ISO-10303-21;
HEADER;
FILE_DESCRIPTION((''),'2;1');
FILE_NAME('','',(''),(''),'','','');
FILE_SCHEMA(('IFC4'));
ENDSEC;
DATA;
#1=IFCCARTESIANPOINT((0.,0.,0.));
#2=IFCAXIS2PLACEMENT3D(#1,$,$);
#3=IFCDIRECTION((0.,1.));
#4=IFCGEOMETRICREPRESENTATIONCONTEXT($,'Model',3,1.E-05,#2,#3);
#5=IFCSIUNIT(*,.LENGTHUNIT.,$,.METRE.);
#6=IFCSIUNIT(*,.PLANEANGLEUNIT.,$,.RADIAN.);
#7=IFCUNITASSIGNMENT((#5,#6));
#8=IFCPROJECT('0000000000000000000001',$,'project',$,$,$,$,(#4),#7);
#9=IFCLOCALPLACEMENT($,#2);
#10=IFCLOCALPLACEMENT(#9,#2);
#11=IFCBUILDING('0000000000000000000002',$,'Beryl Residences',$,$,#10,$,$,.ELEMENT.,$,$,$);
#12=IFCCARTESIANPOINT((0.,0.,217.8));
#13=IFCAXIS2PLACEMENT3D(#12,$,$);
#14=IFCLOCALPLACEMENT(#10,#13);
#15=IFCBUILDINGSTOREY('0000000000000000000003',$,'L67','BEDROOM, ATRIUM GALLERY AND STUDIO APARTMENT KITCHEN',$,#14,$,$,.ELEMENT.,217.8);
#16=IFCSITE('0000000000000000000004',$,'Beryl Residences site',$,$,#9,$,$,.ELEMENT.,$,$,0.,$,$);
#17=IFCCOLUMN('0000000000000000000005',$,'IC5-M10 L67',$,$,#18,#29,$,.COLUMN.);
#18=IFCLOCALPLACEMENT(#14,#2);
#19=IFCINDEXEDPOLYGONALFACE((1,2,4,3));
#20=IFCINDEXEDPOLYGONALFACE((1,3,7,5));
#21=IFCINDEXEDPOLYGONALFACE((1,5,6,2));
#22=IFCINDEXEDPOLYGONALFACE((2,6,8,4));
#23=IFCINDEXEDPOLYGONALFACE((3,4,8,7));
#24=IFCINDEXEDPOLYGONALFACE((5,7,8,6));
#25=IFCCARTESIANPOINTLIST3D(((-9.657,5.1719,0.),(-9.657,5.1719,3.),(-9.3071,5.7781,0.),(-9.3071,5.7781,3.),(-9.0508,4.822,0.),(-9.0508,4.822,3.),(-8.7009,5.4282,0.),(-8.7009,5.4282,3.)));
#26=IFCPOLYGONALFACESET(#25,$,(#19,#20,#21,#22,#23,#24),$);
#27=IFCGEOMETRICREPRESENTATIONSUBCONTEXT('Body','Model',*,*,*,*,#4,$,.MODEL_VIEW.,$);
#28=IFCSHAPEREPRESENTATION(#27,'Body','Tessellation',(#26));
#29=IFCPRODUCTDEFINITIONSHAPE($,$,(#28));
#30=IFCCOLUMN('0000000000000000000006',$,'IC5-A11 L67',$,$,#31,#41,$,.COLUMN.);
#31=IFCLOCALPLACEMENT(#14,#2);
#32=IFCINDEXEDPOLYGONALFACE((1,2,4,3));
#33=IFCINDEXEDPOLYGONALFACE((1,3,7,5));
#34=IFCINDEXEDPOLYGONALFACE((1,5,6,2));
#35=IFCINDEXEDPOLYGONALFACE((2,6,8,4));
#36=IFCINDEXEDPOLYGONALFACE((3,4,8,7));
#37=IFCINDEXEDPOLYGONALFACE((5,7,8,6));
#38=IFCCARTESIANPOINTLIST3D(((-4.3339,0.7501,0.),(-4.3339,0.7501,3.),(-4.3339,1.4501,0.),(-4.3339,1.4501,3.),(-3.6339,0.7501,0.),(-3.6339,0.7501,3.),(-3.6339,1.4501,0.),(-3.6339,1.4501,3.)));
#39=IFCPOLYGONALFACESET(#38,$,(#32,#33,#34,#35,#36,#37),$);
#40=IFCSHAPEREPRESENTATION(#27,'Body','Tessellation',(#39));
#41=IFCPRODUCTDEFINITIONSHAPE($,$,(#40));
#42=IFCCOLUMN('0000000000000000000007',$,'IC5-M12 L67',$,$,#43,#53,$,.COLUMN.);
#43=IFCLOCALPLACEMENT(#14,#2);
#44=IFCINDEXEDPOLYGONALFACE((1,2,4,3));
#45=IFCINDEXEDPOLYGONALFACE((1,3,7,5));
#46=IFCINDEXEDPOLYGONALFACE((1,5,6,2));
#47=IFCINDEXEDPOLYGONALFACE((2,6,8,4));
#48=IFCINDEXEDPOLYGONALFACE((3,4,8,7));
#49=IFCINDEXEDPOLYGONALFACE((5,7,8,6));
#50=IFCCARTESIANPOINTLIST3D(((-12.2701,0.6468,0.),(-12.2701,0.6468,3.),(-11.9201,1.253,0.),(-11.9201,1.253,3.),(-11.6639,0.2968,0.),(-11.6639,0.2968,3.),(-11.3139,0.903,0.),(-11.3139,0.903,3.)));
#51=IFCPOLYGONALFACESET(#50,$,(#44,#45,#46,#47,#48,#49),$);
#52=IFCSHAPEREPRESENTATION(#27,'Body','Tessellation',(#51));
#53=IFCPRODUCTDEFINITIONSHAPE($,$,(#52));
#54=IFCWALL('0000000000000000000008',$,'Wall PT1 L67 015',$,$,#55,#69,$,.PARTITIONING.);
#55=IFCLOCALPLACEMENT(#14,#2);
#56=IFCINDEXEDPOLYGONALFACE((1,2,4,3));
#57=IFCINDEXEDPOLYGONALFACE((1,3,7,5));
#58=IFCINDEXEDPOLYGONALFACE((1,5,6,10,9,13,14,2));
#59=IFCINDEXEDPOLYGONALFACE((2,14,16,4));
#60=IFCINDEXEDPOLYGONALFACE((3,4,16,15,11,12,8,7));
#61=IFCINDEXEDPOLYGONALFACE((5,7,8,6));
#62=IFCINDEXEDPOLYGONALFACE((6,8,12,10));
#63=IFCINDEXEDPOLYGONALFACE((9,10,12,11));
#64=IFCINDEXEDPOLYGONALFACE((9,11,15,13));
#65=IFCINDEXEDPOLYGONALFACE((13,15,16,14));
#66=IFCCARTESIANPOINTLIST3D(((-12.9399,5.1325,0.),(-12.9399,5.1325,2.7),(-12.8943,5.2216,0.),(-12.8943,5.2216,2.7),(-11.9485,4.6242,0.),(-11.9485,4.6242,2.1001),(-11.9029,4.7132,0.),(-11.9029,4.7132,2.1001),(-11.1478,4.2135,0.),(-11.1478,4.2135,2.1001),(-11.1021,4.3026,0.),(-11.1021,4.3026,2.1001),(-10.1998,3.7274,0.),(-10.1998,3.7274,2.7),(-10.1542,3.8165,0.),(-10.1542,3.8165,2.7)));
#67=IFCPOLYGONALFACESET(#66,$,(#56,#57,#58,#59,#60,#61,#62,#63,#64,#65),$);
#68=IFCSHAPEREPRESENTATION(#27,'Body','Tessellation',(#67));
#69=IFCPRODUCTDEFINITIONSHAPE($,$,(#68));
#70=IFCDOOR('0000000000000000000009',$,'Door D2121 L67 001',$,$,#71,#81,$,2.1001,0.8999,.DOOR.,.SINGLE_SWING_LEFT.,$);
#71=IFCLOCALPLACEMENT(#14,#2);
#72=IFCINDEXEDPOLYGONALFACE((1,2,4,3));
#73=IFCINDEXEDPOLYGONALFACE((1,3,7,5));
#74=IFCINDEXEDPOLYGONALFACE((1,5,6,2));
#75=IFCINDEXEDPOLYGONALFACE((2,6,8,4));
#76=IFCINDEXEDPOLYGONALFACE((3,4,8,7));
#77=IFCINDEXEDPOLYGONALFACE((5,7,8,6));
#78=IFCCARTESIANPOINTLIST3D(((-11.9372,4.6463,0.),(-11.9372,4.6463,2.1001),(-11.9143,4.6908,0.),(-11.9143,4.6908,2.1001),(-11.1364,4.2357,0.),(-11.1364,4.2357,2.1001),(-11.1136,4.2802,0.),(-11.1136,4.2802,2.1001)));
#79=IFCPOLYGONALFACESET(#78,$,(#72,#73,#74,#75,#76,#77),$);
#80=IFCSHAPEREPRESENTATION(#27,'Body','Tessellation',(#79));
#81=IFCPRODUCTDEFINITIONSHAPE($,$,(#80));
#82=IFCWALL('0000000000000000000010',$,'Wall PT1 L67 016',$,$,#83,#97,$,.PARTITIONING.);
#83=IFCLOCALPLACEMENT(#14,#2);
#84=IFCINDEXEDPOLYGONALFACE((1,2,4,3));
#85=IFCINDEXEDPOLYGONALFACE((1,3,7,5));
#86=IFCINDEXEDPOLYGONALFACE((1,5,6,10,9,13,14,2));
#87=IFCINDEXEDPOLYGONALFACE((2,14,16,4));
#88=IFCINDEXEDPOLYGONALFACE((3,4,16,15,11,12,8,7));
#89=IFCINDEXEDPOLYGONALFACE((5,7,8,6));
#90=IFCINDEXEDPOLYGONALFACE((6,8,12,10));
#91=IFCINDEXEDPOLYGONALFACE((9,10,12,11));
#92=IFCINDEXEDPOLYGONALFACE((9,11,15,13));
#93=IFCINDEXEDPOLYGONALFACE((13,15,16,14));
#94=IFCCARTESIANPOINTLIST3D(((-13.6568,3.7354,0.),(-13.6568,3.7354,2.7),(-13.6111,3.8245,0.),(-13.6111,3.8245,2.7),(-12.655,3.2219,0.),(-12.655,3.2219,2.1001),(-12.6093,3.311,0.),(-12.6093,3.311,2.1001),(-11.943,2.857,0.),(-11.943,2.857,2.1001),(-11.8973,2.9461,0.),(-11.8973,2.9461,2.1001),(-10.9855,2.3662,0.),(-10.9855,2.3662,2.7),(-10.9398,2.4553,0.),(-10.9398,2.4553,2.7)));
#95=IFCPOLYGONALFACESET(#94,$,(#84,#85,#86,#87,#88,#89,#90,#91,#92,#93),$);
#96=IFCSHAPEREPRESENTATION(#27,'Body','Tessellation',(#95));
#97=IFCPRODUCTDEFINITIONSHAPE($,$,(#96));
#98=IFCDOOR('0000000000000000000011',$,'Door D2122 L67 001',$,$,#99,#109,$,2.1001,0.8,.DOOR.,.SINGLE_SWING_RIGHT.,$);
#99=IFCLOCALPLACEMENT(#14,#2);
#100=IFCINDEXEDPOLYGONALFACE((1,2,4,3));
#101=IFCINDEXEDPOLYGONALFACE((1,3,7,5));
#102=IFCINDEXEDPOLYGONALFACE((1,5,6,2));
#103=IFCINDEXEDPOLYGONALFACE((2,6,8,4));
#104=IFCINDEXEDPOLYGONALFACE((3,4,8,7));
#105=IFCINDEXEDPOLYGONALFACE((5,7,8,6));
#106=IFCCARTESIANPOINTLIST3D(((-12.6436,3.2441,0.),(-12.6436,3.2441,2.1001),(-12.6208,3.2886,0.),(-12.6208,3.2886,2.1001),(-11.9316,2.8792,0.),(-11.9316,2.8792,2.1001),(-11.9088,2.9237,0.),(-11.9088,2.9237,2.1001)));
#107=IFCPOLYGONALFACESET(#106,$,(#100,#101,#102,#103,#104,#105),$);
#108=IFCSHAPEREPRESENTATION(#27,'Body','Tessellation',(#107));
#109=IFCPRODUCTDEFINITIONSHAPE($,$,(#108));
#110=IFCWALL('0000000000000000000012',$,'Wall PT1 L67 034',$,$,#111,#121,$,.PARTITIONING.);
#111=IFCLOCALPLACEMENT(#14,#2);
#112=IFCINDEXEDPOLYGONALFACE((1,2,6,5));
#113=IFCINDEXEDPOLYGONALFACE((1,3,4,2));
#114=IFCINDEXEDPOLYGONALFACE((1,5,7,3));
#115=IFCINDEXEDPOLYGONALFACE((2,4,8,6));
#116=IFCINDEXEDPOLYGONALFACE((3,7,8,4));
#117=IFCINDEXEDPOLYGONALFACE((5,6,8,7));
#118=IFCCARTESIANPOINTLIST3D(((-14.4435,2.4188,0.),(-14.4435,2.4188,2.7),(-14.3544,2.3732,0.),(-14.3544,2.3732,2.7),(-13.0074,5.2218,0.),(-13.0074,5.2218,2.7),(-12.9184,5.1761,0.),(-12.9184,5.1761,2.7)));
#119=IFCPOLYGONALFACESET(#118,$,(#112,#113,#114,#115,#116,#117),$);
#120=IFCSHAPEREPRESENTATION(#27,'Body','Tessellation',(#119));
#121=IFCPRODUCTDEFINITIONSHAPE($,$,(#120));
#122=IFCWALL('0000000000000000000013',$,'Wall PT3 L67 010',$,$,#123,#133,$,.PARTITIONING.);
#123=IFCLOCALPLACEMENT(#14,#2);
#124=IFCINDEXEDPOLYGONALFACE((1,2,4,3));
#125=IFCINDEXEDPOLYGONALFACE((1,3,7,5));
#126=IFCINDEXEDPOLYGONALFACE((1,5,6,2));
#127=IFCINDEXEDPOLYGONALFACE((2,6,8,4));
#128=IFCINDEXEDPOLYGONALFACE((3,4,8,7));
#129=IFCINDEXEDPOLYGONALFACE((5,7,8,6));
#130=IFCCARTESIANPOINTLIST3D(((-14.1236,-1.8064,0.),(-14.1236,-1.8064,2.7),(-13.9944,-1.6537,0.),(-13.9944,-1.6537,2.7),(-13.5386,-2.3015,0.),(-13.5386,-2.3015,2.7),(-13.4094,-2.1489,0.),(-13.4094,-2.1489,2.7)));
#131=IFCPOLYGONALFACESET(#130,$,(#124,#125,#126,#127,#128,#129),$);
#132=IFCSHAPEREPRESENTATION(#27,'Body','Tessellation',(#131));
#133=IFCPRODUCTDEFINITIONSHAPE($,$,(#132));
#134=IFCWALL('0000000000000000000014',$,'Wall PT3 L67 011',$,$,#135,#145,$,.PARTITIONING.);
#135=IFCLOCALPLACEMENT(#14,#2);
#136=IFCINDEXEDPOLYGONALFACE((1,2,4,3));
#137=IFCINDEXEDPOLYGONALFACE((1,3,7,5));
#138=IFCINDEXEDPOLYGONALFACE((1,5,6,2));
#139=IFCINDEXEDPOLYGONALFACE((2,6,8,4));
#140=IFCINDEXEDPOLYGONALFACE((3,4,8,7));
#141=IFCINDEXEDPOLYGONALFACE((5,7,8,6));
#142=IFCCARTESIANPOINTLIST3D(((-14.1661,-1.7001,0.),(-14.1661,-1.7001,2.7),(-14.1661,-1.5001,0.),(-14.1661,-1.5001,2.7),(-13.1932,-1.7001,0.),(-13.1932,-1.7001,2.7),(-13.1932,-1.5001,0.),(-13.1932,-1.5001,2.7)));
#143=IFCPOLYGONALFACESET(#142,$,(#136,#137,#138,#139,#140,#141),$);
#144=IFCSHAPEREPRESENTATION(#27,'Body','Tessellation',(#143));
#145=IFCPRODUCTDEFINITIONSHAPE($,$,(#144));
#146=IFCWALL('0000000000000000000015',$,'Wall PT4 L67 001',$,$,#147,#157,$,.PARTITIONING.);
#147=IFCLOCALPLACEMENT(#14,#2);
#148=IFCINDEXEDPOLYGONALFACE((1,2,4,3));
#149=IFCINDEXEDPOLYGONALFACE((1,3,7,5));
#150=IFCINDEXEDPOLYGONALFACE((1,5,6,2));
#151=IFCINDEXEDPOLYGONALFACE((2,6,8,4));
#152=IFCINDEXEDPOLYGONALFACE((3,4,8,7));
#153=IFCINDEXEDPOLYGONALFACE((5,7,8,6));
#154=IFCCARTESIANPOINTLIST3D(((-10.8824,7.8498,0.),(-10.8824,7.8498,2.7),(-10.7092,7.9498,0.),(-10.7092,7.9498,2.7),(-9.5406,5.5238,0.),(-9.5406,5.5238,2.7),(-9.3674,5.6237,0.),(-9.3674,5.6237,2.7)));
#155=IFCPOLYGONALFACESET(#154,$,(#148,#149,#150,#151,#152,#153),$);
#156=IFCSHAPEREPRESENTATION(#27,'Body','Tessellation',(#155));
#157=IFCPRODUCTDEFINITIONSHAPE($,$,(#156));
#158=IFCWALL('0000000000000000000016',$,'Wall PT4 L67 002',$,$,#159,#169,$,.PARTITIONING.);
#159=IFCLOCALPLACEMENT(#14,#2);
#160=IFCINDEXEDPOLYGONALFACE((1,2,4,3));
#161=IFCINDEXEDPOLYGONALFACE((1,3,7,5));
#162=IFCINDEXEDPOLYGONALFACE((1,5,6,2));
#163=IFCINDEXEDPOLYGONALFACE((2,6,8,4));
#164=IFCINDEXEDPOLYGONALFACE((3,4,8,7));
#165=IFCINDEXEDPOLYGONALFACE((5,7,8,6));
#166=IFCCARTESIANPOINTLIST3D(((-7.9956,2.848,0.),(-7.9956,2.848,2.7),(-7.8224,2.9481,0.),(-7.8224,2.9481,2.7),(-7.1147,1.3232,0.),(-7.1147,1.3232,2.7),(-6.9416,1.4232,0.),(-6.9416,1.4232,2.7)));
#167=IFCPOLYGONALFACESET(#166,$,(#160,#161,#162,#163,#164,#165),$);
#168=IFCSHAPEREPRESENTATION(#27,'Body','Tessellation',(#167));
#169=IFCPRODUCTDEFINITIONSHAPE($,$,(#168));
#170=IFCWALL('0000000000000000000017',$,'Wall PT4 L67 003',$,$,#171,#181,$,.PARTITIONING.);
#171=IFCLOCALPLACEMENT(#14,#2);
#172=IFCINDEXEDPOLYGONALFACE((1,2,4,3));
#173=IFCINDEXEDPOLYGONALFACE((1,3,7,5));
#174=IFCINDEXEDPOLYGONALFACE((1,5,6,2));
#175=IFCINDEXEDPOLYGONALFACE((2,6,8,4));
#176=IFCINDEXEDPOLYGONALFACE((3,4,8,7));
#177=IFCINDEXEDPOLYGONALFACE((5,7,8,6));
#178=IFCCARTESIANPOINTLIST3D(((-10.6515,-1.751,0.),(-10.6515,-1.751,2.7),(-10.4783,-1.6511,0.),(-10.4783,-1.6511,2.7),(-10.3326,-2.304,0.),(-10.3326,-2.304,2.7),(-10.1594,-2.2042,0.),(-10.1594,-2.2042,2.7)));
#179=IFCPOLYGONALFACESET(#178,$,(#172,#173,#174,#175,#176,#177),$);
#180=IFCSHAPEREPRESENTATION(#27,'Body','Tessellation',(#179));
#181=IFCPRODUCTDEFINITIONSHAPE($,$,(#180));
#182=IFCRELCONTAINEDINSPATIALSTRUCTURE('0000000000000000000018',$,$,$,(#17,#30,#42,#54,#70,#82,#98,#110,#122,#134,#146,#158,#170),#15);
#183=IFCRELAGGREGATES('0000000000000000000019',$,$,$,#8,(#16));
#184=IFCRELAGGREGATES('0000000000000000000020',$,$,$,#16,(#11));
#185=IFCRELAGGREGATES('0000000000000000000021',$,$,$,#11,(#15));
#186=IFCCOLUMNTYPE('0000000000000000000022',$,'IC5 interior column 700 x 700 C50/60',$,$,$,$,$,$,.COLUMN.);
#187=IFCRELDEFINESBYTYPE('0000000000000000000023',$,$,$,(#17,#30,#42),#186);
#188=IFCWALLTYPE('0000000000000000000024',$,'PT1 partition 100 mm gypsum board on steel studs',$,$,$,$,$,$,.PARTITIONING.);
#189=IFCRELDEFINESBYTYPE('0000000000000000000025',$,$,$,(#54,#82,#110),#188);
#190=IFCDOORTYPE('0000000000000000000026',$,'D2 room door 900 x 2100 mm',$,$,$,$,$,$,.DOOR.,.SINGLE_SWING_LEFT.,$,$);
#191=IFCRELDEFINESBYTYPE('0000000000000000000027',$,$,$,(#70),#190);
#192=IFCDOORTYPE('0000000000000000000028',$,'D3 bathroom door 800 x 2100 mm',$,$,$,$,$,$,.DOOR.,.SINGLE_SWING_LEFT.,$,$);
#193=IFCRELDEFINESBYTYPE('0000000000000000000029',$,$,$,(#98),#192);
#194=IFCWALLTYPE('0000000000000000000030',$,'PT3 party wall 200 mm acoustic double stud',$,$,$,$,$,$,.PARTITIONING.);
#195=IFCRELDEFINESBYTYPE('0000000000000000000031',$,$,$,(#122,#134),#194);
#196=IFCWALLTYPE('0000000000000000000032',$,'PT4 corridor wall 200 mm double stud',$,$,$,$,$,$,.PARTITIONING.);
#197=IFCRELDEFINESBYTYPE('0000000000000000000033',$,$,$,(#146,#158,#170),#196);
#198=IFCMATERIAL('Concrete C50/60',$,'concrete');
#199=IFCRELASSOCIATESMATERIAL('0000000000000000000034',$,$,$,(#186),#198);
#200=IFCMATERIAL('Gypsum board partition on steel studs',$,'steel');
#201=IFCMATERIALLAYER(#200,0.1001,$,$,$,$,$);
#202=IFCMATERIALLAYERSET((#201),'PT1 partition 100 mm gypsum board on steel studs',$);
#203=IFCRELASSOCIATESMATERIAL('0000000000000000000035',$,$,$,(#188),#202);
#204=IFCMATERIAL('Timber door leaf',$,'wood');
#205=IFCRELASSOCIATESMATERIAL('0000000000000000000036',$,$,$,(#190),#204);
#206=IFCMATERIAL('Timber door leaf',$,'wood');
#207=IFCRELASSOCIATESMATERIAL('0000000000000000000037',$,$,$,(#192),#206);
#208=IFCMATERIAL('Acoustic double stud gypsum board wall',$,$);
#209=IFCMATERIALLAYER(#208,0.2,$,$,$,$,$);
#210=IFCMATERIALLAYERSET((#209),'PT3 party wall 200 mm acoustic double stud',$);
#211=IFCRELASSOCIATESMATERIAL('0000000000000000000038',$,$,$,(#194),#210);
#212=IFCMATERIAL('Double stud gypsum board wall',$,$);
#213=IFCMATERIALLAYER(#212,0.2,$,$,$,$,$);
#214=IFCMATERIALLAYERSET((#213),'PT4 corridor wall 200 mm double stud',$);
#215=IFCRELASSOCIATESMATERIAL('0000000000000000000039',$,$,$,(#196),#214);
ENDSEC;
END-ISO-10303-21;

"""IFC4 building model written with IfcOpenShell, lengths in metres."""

from ifc_helpers import new_model, si_unit, direction, frame, frame_2d, origin, origin_2d, place, context, subcontext, project, spatial, rectangle, extrude, material, layer, layer_set, material_profile, profile_set, type_object, element, fill, save


model = new_model("IFC4")

# Units and contexts
model_context = context("Model", 3, precision=1e-05, world=origin(), true_north=direction((0.0, 1.0)))
body_context = subcontext(model_context, "Body", "Model", "MODEL_VIEW")
ifc_project = project(units=[si_unit("LENGTHUNIT", "METRE"), si_unit("PLANEANGLEUNIT", "RADIAN")], contexts=[model_context])

# Site, building, storey
site_placement = place(None, origin())
site = spatial("IfcSite", under=ifc_project, at=site_placement, Name="Beryl Residences site", CompositionType="ELEMENT", RefElevation=0.0)
building_placement = place(site_placement, origin())
building = spatial("IfcBuilding", under=site, at=building_placement, Name="Beryl Residences", CompositionType="ELEMENT")
storey_placement = place(building_placement, frame((0.0, 0.0, 217.8)))
storey = spatial("IfcBuildingStorey", under=building, at=storey_placement, Name="L67", Description="BEDROOM, ATRIUM GALLERY AND STUDIO APARTMENT KITCHEN", CompositionType="ELEMENT", Elevation=217.8)

# Columns
ifc_material_1 = material(Name="Concrete C50/60", Category="concrete")
ifc_material_profile = material_profile(ifc_material_1, rectangle(XDim=0.7, YDim=0.7, at=origin_2d()))
ifc_profile_set = profile_set([ifc_material_profile], Name="Concrete C50/60")
column_type = type_object("IfcColumnType", Name="IC5 interior column 700 x 700 C50/60", PredefinedType="COLUMN", material=ifc_profile_set)
for number, where, z_axis, x_axis, name in (
    (1, (-9.179, 5.3, 0.0), (0.0, 0.0, 1.0), (-0.49997, -0.866043, 0.0), "IC5-M10 L67"),
    (2, (-3.9839, 1.1001, 0.0), (0.0, 0.0, 1.0), (1.0, 0.0, 0.0), "IC5-A11 L67"),
    (3, (-11.792, 0.7749, 0.0), (0.0, 0.0, 1.0), (-0.49997, -0.866043, 0.0), "IC5-M12 L67"),
):
    element("IfcColumn", number, at=place(storey_placement, frame(where, z_axis=z_axis, x_axis=x_axis)), inside=storey, type_object=column_type, Name=name, PredefinedType="COLUMN", context=body_context, shape_type="SweptSolid", body=[
        extrude(rectangle(XDim=0.7, YDim=0.7, at=origin_2d()), origin(), (0.0, 0.0, 1.0), 3.0),
    ])

# Walls, openings, doors
ifc_material_2 = material(Name="Gypsum board partition on steel studs", Category="steel")
ifc_layer_1 = layer(ifc_material_2, 0.1001)
ifc_layer_set_1 = layer_set([ifc_layer_1], Name="PT1 partition 100 mm gypsum board on steel studs")
wall_type_1 = type_object("IfcWallType", Name="PT1 partition 100 mm gypsum board on steel studs", PredefinedType="PARTITIONING", material=ifc_layer_set_1)
wall_1_placement = place(storey_placement, frame((-12.917, 5.177, 0.0), z_axis=(0.0, 0.0, 1.0), x_axis=(0.88983, -0.456293, 0.0)))
wall_1 = element("IfcWall", 4, at=wall_1_placement, inside=storey, type_object=wall_type_1, Name="Wall PT1 L67 015", PredefinedType="PARTITIONING", context=body_context, shape_type="SweptSolid", body=[
    extrude(rectangle(XDim=3.0793, YDim=0.1001, at=frame_2d((1.5396, 0.0))), origin(), (0.0, 0.0, 1.0), 2.7),
])
opening_1_placement = place(wall_1_placement, frame((1.114, 0.0, 0.0)))
opening_1 = element("IfcOpeningElement", 5, at=opening_1_placement, cuts=wall_1, PredefinedType="OPENING", context=body_context, shape_type="SweptSolid", body=[
    extrude(rectangle(XDim=0.8999, YDim=2.1001, at=frame_2d((0.45, 1.05))), frame((0.0, 0.0601, 0.0), z_axis=(0.0, -1.0, 0.0), x_axis=(1.0, 0.0, 0.0)), (0.0, 0.0, 1.0), 0.1201),
])
ifc_material_3 = material(Name="Timber door leaf", Category="wood")
door_type_1 = type_object("IfcDoorType", Name="D2 room door 900 x 2100 mm", OperationType="SINGLE_SWING_LEFT", PredefinedType="DOOR", material=ifc_material_3)
door_1_placement = place(opening_1_placement, origin())
door_1 = element("IfcDoor", 6, at=door_1_placement, inside=storey, type_object=door_type_1, Name="Door D2121 L67 001", OperationType="SINGLE_SWING_LEFT", OverallHeight=2.1001, OverallWidth=0.8999, PredefinedType="DOOR", context=body_context, shape_type="SweptSolid", body=[
    extrude(rectangle(XDim=0.8999, YDim=2.1001, at=frame_2d((0.45, 1.05))), frame((0.0, 0.0249, 0.0), z_axis=(0.0, -1.0, 0.0), x_axis=(1.0, 0.0, 0.0)), (0.0, 0.0, 1.0), 0.05),
])
fill(opening_1, door_1)
wall_2_placement = place(storey_placement, frame((-13.634, 3.78, 0.0), z_axis=(0.0, 0.0, 1.0), x_axis=(0.889909, -0.456138, 0.0)))
wall_2 = element("IfcWall", 7, at=wall_2_placement, inside=storey, type_object=wall_type_1, Name="Wall PT1 L67 016", PredefinedType="PARTITIONING", context=body_context, shape_type="SweptSolid", body=[
    extrude(rectangle(XDim=3.0017, YDim=0.1001, at=frame_2d((1.501, 0.0))), origin(), (0.0, 0.0, 1.0), 2.7),
])
opening_2_placement = place(wall_2_placement, frame((1.126, 0.0, 0.0)))
opening_2 = element("IfcOpeningElement", 8, at=opening_2_placement, cuts=wall_2, PredefinedType="OPENING", context=body_context, shape_type="SweptSolid", body=[
    extrude(rectangle(XDim=0.8, YDim=2.1001, at=frame_2d((0.3999, 1.05))), frame((0.0, 0.0601, 0.0), z_axis=(0.0, -1.0, 0.0), x_axis=(1.0, 0.0, 0.0)), (0.0, 0.0, 1.0), 0.1201),
])
ifc_material_4 = material(Name="Timber door leaf", Category="wood")
door_type_2 = type_object("IfcDoorType", Name="D3 bathroom door 800 x 2100 mm", OperationType="SINGLE_SWING_LEFT", PredefinedType="DOOR", material=ifc_material_4)
door_2_placement = place(opening_2_placement, origin())
door_2 = element("IfcDoor", 9, at=door_2_placement, inside=storey, type_object=door_type_2, Name="Door D2122 L67 001", OperationType="SINGLE_SWING_RIGHT", OverallHeight=2.1001, OverallWidth=0.8, PredefinedType="DOOR", context=body_context, shape_type="SweptSolid", body=[
    extrude(rectangle(XDim=0.8, YDim=2.1001, at=frame_2d((0.3999, 1.05))), frame((0.0, 0.0249, 0.0), z_axis=(0.0, -1.0, 0.0), x_axis=(1.0, 0.0, 0.0)), (0.0, 0.0, 1.0), 0.05),
])
fill(opening_2, door_2)

# Walls
wall_3_placement = place(storey_placement, frame((-14.3989, 2.396, 0.0), z_axis=(0.0, 0.0, 1.0), x_axis=(0.455967, 0.889997, 0.0)))
element("IfcWall", 10, at=wall_3_placement, inside=storey, type_object=wall_type_1, Name="Wall PT1 L67 034", PredefinedType="PARTITIONING", context=body_context, shape_type="SweptSolid", body=[
    extrude(rectangle(XDim=3.1494, YDim=0.1001, at=frame_2d((1.5747, 0.0))), origin(), (0.0, 0.0, 1.0), 2.7),
])
ifc_material_5 = material(Name="Acoustic double stud gypsum board wall")
ifc_layer_2 = layer(ifc_material_5, 0.2)
ifc_layer_set_2 = layer_set([ifc_layer_2], Name="PT3 party wall 200 mm acoustic double stud")
wall_type_2 = type_object("IfcWallType", Name="PT3 party wall 200 mm acoustic double stud", PredefinedType="PARTITIONING", material=ifc_layer_set_2)
wall_4_placement = place(storey_placement, frame((-14.0591, -1.73, 0.0), z_axis=(0.0, 0.0, 1.0), x_axis=(0.76329, -0.646056, 0.0)))
element("IfcWall", 11, at=wall_4_placement, inside=storey, type_object=wall_type_2, Name="Wall PT3 L67 010", PredefinedType="PARTITIONING", context=body_context, shape_type="SweptSolid", body=[
    extrude(rectangle(XDim=0.7664, YDim=0.2, at=frame_2d((0.3833, 0.0))), origin(), (0.0, 0.0, 1.0), 2.7),
])
wall_5_placement = place(storey_placement, frame((-14.166, -1.6001, 0.0), z_axis=(0.0, 0.0, 1.0), x_axis=(1.0, 0.0, 0.0)))
element("IfcWall", 12, at=wall_5_placement, inside=storey, type_object=wall_type_2, Name="Wall PT3 L67 011", PredefinedType="PARTITIONING", context=body_context, shape_type="SweptSolid", body=[
    extrude(rectangle(XDim=0.9729, YDim=0.2, at=frame_2d((0.4863, 0.0))), origin(), (0.0, 0.0, 1.0), 2.7),
])
ifc_material_6 = material(Name="Double stud gypsum board wall")
ifc_layer_3 = layer(ifc_material_6, 0.2)
ifc_layer_set_3 = layer_set([ifc_layer_3], Name="PT4 corridor wall 200 mm double stud")
wall_type_3 = type_object("IfcWallType", Name="PT4 corridor wall 200 mm double stud", PredefinedType="PARTITIONING", material=ifc_layer_set_3)
wall_6_placement = place(storey_placement, frame((-10.7959, 7.8999, 0.0), z_axis=(0.0, 0.0, 1.0), x_axis=(0.499699, -0.866199, 0.0)))
element("IfcWall", 13, at=wall_6_placement, inside=storey, type_object=wall_type_3, Name="Wall PT4 L67 001", PredefinedType="PARTITIONING", context=body_context, shape_type="SweptSolid", body=[
    extrude(rectangle(XDim=2.6853, YDim=0.2, at=frame_2d((1.3428, 0.0))), origin(), (0.0, 0.0, 1.0), 2.7),
])
wall_7_placement = place(storey_placement, frame((-7.9089, 2.8979, 0.0), z_axis=(0.0, 0.0, 1.0), x_axis=(0.500194, -0.865913, 0.0)))
element("IfcWall", 14, at=wall_7_placement, inside=storey, type_object=wall_type_3, Name="Wall PT4 L67 002", PredefinedType="PARTITIONING", context=body_context, shape_type="SweptSolid", body=[
    extrude(rectangle(XDim=1.761, YDim=0.2, at=frame_2d((0.8804, 0.0))), origin(), (0.0, 0.0, 1.0), 2.7),
])
wall_8_placement = place(storey_placement, frame((-10.5649, -1.7009, 0.0), z_axis=(0.0, 0.0, 1.0), x_axis=(0.499513, -0.866307, 0.0)))
element("IfcWall", 15, at=wall_8_placement, inside=storey, type_object=wall_type_3, Name="Wall PT4 L67 003", PredefinedType="PARTITIONING", context=body_context, shape_type="SweptSolid", body=[
    extrude(rectangle(XDim=0.6384, YDim=0.2, at=frame_2d((0.3193, 0.0))), origin(), (0.0, 0.0, 1.0), 2.7),
])

save(model, "model.ifc")
